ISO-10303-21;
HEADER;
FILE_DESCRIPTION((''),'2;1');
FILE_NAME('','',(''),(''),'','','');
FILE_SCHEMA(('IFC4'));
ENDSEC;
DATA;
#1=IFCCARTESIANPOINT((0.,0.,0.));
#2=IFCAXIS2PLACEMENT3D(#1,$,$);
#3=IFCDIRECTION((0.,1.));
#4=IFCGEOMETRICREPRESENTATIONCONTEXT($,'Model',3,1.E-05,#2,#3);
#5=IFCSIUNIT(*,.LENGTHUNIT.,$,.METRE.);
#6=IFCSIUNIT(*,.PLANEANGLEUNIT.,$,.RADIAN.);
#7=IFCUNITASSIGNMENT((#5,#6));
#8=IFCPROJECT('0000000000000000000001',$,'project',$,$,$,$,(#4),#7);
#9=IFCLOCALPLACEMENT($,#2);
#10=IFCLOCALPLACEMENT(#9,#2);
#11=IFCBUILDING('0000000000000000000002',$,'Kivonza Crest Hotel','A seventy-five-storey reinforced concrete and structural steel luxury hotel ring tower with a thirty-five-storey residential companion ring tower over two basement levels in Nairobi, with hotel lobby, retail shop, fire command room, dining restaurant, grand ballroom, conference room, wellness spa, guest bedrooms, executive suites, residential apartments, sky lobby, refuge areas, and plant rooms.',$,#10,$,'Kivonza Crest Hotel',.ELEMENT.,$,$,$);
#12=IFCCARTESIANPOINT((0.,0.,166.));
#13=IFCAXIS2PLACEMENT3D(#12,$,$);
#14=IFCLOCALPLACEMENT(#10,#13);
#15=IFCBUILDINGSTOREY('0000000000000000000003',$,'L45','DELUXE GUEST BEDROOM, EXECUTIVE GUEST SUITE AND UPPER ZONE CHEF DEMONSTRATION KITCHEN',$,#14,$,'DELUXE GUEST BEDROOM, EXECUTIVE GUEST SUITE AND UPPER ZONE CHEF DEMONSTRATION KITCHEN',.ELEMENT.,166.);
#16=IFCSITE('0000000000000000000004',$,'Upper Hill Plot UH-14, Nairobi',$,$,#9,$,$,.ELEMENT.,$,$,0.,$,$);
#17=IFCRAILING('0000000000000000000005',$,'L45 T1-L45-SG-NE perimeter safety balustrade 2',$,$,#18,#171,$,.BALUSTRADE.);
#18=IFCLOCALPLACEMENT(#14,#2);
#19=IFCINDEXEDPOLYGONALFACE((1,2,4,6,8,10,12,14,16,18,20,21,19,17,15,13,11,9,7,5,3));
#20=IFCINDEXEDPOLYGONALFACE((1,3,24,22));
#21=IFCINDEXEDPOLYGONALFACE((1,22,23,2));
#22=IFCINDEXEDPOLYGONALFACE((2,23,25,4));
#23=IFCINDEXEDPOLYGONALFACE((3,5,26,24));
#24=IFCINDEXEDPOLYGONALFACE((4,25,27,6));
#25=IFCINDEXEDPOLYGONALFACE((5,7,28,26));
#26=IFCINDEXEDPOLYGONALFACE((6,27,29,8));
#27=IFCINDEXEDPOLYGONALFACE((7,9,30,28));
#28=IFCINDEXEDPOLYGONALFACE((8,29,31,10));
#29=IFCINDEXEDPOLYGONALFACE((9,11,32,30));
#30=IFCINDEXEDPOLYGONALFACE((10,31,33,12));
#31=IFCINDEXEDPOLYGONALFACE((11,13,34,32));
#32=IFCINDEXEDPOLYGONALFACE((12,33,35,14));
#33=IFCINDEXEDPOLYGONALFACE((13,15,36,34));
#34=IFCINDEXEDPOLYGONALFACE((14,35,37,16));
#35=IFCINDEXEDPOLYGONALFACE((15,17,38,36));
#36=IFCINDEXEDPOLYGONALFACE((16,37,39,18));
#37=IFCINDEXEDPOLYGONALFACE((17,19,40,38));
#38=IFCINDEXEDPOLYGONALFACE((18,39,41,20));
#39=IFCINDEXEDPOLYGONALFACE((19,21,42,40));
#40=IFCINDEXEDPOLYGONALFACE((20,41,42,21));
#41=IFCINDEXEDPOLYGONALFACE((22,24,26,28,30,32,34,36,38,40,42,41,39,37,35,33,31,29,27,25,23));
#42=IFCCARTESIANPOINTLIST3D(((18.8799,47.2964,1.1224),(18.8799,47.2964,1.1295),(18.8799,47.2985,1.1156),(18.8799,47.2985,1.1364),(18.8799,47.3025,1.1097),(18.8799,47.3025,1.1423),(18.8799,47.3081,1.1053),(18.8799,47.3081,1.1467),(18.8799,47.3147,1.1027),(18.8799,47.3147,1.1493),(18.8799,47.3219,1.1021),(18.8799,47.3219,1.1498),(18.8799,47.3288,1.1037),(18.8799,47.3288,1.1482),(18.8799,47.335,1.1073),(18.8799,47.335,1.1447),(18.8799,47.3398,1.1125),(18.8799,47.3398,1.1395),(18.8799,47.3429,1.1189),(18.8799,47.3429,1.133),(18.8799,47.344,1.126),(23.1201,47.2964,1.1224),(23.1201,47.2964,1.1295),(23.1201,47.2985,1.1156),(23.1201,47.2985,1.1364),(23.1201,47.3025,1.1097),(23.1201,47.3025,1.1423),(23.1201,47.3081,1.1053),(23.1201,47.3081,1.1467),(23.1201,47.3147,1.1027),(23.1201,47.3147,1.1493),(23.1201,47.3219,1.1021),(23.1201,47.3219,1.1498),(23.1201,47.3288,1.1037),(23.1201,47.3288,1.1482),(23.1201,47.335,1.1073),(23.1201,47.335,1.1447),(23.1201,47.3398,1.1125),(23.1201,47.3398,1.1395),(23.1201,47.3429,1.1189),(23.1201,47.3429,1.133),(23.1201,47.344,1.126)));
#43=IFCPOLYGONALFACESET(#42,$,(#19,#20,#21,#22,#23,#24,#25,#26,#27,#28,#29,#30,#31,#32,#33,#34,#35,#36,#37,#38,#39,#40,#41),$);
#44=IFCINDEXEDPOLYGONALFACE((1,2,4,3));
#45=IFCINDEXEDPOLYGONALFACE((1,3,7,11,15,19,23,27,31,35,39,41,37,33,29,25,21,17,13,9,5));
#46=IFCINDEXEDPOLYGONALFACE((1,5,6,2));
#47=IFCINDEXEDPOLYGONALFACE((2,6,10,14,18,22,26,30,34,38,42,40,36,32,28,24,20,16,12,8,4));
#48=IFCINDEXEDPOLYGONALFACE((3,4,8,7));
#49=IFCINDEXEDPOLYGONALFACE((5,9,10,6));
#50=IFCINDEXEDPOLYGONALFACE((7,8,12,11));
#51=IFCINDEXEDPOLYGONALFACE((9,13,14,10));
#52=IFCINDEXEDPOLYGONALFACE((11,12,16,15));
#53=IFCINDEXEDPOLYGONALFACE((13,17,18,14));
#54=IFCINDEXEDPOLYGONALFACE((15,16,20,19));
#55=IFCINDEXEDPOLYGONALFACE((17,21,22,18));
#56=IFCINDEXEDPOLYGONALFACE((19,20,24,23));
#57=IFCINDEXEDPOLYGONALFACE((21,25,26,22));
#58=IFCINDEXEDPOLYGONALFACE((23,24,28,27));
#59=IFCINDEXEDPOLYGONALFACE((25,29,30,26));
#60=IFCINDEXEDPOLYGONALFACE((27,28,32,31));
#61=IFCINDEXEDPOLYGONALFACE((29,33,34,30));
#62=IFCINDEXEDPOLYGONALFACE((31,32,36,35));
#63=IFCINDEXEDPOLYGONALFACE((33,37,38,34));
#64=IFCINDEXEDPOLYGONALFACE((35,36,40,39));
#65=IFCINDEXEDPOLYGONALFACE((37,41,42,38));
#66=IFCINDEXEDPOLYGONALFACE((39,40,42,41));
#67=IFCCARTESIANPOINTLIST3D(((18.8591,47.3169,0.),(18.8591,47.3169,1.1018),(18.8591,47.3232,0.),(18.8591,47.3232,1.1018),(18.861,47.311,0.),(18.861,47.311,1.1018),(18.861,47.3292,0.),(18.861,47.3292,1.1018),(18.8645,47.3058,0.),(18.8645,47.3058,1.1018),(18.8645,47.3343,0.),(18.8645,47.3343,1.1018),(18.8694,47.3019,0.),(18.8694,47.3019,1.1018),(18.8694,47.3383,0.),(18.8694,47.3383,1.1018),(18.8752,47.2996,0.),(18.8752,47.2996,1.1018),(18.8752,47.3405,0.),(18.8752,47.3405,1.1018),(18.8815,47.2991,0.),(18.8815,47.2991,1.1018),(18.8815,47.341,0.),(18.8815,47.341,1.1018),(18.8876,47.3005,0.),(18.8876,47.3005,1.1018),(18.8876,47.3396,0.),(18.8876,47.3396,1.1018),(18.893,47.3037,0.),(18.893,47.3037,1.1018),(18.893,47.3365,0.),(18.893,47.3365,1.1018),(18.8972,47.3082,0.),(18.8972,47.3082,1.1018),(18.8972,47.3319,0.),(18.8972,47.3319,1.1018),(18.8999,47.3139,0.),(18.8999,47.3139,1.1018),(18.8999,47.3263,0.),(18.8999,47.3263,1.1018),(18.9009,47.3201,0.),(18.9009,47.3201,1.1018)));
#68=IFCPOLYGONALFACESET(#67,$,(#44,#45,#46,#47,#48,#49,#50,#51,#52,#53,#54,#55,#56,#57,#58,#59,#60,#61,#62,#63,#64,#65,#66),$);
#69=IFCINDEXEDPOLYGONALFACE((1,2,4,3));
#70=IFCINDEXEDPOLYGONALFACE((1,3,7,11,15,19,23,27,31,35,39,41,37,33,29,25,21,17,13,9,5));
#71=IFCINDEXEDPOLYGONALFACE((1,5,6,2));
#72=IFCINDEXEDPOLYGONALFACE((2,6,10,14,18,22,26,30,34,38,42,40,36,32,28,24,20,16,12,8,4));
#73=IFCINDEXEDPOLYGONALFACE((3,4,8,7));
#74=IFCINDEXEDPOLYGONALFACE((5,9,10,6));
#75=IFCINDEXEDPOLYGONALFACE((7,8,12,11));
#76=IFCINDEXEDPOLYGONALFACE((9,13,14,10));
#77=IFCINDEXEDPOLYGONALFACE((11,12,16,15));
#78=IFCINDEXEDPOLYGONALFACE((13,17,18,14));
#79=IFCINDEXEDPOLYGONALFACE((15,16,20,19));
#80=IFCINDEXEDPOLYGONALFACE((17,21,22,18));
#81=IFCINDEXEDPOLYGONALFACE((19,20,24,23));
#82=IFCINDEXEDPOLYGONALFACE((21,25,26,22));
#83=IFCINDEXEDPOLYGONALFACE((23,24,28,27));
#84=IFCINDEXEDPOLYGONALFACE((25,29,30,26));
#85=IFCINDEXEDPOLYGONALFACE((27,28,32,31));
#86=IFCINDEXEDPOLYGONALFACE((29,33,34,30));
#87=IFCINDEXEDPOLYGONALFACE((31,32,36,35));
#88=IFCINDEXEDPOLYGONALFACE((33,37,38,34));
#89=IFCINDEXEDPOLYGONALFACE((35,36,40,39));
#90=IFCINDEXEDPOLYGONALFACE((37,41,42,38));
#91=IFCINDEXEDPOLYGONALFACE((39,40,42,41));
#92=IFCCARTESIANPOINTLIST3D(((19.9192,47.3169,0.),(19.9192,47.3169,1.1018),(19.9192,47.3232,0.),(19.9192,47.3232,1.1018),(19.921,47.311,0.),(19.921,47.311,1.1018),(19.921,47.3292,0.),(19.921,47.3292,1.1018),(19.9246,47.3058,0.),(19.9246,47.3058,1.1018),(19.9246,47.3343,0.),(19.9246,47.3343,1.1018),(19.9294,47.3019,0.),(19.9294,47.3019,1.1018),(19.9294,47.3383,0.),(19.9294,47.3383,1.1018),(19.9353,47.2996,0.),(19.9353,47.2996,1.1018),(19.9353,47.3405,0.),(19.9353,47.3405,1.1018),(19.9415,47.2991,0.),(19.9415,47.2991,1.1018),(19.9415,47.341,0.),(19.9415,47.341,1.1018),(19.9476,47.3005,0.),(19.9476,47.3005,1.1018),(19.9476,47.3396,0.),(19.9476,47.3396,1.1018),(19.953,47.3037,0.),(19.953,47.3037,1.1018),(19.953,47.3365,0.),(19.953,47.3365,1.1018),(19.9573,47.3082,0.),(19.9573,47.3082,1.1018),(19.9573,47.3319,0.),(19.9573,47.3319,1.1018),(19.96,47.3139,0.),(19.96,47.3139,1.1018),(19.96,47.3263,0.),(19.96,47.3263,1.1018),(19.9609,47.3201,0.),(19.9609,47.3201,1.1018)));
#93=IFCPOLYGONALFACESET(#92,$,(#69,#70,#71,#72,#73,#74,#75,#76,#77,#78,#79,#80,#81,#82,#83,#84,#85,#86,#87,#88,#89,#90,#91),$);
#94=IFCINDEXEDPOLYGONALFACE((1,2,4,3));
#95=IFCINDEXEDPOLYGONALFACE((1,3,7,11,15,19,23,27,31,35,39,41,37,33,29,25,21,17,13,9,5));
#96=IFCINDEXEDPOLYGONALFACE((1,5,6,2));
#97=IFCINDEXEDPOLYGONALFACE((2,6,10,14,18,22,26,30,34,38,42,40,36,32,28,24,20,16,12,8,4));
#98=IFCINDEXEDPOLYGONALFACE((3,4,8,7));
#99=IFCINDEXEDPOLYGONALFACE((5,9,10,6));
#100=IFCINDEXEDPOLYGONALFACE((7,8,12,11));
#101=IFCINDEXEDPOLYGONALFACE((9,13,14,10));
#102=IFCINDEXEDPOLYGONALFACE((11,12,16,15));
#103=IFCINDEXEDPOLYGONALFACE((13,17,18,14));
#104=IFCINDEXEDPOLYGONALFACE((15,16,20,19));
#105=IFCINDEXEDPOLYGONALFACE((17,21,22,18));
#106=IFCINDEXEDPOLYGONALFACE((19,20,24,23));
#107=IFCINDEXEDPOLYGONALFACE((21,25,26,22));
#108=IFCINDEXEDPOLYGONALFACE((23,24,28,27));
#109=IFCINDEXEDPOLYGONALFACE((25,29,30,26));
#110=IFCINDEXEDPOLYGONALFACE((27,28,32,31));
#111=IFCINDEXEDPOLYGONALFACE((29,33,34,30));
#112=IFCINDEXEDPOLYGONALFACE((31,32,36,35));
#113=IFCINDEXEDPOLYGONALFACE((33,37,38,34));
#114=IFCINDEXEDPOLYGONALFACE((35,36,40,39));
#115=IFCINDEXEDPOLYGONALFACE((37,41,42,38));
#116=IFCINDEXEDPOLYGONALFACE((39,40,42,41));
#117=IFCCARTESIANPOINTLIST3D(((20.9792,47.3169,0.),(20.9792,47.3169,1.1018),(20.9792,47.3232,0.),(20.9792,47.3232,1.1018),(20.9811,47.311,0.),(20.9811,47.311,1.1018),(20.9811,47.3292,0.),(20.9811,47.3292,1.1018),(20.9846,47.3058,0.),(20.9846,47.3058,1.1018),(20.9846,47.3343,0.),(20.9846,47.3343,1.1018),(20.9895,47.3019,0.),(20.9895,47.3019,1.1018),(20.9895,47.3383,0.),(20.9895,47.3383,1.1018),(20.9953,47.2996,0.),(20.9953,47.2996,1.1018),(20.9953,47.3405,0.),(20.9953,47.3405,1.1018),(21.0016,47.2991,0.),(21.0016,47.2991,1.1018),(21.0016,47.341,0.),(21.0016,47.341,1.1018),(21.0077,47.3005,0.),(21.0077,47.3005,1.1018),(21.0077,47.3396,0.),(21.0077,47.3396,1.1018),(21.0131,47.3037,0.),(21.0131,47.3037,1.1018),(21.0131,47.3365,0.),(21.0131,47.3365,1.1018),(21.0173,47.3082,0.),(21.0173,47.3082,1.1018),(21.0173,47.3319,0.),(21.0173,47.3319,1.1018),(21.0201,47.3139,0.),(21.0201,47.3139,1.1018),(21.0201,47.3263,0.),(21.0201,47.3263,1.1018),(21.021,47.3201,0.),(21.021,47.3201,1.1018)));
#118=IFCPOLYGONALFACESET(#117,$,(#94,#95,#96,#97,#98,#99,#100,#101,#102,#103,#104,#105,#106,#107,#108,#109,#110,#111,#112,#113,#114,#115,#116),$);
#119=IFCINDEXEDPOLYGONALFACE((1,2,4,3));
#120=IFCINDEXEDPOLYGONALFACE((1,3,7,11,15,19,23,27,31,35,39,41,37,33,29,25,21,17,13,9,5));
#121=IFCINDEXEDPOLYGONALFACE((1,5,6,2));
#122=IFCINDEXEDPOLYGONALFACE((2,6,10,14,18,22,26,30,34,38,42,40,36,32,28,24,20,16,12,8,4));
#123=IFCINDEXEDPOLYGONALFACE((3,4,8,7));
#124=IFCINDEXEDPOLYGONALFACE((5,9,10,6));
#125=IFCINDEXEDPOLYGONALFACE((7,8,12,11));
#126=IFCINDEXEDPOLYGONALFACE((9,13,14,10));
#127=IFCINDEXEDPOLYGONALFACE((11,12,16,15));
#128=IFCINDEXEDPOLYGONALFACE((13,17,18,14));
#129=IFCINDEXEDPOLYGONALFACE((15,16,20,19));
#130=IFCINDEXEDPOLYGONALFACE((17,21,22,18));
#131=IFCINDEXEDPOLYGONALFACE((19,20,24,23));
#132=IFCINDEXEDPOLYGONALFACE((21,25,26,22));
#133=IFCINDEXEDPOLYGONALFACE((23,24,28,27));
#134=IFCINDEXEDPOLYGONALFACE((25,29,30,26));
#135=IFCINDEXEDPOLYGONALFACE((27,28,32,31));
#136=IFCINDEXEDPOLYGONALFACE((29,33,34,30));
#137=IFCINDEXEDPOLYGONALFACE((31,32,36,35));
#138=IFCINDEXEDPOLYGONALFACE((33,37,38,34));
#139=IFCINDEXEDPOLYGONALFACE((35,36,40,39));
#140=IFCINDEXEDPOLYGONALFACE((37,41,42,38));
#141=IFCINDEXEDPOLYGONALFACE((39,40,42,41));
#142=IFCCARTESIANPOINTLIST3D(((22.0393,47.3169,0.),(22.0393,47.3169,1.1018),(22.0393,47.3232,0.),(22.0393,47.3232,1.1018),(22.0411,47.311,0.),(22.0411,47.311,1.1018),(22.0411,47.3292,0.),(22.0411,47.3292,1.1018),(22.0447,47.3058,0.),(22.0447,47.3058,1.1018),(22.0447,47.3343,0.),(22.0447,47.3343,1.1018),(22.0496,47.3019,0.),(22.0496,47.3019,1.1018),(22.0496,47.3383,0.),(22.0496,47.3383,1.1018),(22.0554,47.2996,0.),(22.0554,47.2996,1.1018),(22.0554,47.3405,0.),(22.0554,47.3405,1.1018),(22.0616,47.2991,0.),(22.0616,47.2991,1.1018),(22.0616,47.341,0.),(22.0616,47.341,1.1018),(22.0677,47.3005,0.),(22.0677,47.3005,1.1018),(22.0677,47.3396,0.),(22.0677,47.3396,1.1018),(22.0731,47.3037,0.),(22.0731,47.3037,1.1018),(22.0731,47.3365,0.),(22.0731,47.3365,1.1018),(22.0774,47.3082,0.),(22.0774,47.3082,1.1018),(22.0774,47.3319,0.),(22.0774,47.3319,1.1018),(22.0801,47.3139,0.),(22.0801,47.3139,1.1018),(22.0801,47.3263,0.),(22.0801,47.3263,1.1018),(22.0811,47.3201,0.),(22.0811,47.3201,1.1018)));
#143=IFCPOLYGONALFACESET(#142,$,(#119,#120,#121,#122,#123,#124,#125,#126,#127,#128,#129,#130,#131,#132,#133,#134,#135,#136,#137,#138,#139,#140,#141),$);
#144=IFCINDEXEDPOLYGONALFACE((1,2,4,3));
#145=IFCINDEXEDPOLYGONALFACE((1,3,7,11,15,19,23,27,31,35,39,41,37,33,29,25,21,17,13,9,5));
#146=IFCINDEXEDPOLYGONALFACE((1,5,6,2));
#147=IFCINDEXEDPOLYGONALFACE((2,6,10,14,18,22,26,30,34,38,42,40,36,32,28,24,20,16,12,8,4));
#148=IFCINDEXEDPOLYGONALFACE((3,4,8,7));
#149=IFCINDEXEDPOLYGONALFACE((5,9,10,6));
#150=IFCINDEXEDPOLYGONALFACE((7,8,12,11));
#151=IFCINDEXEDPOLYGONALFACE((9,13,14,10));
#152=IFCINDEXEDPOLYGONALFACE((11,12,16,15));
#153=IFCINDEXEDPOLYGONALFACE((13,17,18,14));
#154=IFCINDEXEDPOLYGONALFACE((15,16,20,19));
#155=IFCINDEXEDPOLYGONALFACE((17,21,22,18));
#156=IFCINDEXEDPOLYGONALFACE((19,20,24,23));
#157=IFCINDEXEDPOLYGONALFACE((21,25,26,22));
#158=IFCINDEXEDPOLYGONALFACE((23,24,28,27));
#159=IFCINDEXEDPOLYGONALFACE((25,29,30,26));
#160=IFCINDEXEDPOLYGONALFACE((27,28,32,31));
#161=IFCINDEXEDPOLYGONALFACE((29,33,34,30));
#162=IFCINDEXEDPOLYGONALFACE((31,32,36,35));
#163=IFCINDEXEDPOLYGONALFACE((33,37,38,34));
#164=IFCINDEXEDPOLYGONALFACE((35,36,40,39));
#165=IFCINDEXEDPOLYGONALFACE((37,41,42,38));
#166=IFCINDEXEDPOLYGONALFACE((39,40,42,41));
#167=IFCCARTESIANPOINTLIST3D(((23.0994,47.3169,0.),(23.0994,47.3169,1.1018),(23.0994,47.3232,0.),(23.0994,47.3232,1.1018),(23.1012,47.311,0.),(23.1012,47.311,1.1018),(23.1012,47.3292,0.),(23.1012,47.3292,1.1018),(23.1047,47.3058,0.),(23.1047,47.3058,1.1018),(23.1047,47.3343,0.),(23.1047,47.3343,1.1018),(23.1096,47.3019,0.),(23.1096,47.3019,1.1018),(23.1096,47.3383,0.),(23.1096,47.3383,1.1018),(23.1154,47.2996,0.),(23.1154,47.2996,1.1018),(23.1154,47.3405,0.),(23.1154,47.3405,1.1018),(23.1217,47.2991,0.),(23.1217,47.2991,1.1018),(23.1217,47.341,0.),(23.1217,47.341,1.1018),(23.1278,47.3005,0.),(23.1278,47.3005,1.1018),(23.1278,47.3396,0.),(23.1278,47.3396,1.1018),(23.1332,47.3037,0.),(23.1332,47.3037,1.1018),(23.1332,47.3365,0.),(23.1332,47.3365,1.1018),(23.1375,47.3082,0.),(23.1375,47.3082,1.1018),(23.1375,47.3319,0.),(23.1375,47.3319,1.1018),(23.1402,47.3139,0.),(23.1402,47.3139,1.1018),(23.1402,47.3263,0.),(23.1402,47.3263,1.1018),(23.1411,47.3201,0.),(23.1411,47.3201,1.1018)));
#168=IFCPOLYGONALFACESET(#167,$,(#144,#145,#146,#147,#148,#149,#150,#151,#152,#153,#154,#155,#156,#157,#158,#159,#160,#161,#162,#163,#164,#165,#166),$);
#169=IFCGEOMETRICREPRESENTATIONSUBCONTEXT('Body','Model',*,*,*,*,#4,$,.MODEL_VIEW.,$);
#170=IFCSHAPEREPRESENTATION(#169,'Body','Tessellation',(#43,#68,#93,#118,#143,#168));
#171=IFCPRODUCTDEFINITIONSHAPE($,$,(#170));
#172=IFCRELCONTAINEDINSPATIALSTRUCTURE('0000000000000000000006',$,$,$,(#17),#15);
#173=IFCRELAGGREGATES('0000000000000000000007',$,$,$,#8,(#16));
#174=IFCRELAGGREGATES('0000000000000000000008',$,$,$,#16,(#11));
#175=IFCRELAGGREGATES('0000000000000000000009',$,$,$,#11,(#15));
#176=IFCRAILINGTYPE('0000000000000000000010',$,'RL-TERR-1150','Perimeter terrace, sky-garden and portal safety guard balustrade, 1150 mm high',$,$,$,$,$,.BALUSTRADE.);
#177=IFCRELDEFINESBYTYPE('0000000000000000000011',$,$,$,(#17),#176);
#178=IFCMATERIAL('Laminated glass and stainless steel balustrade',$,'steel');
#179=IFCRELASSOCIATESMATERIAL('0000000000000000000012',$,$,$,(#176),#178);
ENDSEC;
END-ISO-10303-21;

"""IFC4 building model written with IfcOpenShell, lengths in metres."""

from ifc_helpers import new_model, si_unit, direction, frame, origin, origin_2d, place, context, subcontext, project, spatial, circle, extrude, material, type_object, element, save


model = new_model("IFC4")

# Units and contexts
model_context = context("Model", 3, precision=1e-05, world=origin(), true_north=direction((0.0, 1.0)))
body_context = subcontext(model_context, "Body", "Model", "MODEL_VIEW")
ifc_project = project(units=[si_unit("LENGTHUNIT", "METRE"), si_unit("PLANEANGLEUNIT", "RADIAN")], contexts=[model_context])

# Site, building, storey
site_placement = place(None, origin())
site = spatial("IfcSite", under=ifc_project, at=site_placement, Name="Upper Hill Plot UH-14, Nairobi", CompositionType="ELEMENT", RefElevation=0.0)
building_placement = place(site_placement, origin())
building = spatial("IfcBuilding", under=site, at=building_placement, Name="Kivonza Crest Hotel", Description="A seventy-five-storey reinforced concrete and structural steel luxury hotel ring tower with a thirty-five-storey residential companion ring tower over two basement levels in Nairobi, with hotel lobby, retail shop, fire command room, dining restaurant, grand ballroom, conference room, wellness spa, guest bedrooms, executive suites, residential apartments, sky lobby, refuge areas, and plant rooms.", LongName="Kivonza Crest Hotel", CompositionType="ELEMENT")
storey_placement = place(building_placement, frame((0.0, 0.0, 166.0)))
storey = spatial("IfcBuildingStorey", under=building, at=storey_placement, Name="L45", Description="DELUXE GUEST BEDROOM, EXECUTIVE GUEST SUITE AND UPPER ZONE CHEF DEMONSTRATION KITCHEN", LongName="DELUXE GUEST BEDROOM, EXECUTIVE GUEST SUITE AND UPPER ZONE CHEF DEMONSTRATION KITCHEN", CompositionType="ELEMENT", Elevation=166.0)

# Railing
ifc_material_1 = material(Name="Laminated glass and stainless steel balustrade", Category="steel")
railing_type = type_object("IfcRailingType", Name="RL-TERR-1150", Description="Perimeter terrace, sky-garden and portal safety guard balustrade, 1150 mm high", PredefinedType="BALUSTRADE", material=ifc_material_1)
railing_1_placement = place(storey_placement, frame((18.8799, 47.3201, 0.0)))
element("IfcRailing", 1, at=railing_1_placement, inside=storey, type_object=railing_type, Name="L45 T1-L45-SG-NE perimeter safety balustrade 2", PredefinedType="BALUSTRADE", context=body_context, shape_type="SweptSolid", body=[
    extrude(circle(Radius=0.0239, at=origin_2d()), frame((0.0, 0.0, 1.126), z_axis=(1.0, 0.0, 0.0), x_axis=(0.0, 1.0, 0.0)), (0.0, 0.0, 1.0), 4.2402),
    extrude(circle(Radius=0.021, at=origin_2d()), origin(), (0.0, 0.0, 1.0), 1.1018),
    extrude(circle(Radius=0.021, at=origin_2d()), frame((1.0601, 0.0, 0.0)), (0.0, 0.0, 1.0), 1.1018),
    extrude(circle(Radius=0.021, at=origin_2d()), frame((2.1201, 0.0, 0.0)), (0.0, 0.0, 1.0), 1.1018),
    extrude(circle(Radius=0.021, at=origin_2d()), frame((3.1802, 0.0, 0.0)), (0.0, 0.0, 1.0), 1.1018),
    extrude(circle(Radius=0.021, at=origin_2d()), frame((4.2402, 0.0, 0.0)), (0.0, 0.0, 1.0), 1.1018),
])

save(model, "model.ifc")
